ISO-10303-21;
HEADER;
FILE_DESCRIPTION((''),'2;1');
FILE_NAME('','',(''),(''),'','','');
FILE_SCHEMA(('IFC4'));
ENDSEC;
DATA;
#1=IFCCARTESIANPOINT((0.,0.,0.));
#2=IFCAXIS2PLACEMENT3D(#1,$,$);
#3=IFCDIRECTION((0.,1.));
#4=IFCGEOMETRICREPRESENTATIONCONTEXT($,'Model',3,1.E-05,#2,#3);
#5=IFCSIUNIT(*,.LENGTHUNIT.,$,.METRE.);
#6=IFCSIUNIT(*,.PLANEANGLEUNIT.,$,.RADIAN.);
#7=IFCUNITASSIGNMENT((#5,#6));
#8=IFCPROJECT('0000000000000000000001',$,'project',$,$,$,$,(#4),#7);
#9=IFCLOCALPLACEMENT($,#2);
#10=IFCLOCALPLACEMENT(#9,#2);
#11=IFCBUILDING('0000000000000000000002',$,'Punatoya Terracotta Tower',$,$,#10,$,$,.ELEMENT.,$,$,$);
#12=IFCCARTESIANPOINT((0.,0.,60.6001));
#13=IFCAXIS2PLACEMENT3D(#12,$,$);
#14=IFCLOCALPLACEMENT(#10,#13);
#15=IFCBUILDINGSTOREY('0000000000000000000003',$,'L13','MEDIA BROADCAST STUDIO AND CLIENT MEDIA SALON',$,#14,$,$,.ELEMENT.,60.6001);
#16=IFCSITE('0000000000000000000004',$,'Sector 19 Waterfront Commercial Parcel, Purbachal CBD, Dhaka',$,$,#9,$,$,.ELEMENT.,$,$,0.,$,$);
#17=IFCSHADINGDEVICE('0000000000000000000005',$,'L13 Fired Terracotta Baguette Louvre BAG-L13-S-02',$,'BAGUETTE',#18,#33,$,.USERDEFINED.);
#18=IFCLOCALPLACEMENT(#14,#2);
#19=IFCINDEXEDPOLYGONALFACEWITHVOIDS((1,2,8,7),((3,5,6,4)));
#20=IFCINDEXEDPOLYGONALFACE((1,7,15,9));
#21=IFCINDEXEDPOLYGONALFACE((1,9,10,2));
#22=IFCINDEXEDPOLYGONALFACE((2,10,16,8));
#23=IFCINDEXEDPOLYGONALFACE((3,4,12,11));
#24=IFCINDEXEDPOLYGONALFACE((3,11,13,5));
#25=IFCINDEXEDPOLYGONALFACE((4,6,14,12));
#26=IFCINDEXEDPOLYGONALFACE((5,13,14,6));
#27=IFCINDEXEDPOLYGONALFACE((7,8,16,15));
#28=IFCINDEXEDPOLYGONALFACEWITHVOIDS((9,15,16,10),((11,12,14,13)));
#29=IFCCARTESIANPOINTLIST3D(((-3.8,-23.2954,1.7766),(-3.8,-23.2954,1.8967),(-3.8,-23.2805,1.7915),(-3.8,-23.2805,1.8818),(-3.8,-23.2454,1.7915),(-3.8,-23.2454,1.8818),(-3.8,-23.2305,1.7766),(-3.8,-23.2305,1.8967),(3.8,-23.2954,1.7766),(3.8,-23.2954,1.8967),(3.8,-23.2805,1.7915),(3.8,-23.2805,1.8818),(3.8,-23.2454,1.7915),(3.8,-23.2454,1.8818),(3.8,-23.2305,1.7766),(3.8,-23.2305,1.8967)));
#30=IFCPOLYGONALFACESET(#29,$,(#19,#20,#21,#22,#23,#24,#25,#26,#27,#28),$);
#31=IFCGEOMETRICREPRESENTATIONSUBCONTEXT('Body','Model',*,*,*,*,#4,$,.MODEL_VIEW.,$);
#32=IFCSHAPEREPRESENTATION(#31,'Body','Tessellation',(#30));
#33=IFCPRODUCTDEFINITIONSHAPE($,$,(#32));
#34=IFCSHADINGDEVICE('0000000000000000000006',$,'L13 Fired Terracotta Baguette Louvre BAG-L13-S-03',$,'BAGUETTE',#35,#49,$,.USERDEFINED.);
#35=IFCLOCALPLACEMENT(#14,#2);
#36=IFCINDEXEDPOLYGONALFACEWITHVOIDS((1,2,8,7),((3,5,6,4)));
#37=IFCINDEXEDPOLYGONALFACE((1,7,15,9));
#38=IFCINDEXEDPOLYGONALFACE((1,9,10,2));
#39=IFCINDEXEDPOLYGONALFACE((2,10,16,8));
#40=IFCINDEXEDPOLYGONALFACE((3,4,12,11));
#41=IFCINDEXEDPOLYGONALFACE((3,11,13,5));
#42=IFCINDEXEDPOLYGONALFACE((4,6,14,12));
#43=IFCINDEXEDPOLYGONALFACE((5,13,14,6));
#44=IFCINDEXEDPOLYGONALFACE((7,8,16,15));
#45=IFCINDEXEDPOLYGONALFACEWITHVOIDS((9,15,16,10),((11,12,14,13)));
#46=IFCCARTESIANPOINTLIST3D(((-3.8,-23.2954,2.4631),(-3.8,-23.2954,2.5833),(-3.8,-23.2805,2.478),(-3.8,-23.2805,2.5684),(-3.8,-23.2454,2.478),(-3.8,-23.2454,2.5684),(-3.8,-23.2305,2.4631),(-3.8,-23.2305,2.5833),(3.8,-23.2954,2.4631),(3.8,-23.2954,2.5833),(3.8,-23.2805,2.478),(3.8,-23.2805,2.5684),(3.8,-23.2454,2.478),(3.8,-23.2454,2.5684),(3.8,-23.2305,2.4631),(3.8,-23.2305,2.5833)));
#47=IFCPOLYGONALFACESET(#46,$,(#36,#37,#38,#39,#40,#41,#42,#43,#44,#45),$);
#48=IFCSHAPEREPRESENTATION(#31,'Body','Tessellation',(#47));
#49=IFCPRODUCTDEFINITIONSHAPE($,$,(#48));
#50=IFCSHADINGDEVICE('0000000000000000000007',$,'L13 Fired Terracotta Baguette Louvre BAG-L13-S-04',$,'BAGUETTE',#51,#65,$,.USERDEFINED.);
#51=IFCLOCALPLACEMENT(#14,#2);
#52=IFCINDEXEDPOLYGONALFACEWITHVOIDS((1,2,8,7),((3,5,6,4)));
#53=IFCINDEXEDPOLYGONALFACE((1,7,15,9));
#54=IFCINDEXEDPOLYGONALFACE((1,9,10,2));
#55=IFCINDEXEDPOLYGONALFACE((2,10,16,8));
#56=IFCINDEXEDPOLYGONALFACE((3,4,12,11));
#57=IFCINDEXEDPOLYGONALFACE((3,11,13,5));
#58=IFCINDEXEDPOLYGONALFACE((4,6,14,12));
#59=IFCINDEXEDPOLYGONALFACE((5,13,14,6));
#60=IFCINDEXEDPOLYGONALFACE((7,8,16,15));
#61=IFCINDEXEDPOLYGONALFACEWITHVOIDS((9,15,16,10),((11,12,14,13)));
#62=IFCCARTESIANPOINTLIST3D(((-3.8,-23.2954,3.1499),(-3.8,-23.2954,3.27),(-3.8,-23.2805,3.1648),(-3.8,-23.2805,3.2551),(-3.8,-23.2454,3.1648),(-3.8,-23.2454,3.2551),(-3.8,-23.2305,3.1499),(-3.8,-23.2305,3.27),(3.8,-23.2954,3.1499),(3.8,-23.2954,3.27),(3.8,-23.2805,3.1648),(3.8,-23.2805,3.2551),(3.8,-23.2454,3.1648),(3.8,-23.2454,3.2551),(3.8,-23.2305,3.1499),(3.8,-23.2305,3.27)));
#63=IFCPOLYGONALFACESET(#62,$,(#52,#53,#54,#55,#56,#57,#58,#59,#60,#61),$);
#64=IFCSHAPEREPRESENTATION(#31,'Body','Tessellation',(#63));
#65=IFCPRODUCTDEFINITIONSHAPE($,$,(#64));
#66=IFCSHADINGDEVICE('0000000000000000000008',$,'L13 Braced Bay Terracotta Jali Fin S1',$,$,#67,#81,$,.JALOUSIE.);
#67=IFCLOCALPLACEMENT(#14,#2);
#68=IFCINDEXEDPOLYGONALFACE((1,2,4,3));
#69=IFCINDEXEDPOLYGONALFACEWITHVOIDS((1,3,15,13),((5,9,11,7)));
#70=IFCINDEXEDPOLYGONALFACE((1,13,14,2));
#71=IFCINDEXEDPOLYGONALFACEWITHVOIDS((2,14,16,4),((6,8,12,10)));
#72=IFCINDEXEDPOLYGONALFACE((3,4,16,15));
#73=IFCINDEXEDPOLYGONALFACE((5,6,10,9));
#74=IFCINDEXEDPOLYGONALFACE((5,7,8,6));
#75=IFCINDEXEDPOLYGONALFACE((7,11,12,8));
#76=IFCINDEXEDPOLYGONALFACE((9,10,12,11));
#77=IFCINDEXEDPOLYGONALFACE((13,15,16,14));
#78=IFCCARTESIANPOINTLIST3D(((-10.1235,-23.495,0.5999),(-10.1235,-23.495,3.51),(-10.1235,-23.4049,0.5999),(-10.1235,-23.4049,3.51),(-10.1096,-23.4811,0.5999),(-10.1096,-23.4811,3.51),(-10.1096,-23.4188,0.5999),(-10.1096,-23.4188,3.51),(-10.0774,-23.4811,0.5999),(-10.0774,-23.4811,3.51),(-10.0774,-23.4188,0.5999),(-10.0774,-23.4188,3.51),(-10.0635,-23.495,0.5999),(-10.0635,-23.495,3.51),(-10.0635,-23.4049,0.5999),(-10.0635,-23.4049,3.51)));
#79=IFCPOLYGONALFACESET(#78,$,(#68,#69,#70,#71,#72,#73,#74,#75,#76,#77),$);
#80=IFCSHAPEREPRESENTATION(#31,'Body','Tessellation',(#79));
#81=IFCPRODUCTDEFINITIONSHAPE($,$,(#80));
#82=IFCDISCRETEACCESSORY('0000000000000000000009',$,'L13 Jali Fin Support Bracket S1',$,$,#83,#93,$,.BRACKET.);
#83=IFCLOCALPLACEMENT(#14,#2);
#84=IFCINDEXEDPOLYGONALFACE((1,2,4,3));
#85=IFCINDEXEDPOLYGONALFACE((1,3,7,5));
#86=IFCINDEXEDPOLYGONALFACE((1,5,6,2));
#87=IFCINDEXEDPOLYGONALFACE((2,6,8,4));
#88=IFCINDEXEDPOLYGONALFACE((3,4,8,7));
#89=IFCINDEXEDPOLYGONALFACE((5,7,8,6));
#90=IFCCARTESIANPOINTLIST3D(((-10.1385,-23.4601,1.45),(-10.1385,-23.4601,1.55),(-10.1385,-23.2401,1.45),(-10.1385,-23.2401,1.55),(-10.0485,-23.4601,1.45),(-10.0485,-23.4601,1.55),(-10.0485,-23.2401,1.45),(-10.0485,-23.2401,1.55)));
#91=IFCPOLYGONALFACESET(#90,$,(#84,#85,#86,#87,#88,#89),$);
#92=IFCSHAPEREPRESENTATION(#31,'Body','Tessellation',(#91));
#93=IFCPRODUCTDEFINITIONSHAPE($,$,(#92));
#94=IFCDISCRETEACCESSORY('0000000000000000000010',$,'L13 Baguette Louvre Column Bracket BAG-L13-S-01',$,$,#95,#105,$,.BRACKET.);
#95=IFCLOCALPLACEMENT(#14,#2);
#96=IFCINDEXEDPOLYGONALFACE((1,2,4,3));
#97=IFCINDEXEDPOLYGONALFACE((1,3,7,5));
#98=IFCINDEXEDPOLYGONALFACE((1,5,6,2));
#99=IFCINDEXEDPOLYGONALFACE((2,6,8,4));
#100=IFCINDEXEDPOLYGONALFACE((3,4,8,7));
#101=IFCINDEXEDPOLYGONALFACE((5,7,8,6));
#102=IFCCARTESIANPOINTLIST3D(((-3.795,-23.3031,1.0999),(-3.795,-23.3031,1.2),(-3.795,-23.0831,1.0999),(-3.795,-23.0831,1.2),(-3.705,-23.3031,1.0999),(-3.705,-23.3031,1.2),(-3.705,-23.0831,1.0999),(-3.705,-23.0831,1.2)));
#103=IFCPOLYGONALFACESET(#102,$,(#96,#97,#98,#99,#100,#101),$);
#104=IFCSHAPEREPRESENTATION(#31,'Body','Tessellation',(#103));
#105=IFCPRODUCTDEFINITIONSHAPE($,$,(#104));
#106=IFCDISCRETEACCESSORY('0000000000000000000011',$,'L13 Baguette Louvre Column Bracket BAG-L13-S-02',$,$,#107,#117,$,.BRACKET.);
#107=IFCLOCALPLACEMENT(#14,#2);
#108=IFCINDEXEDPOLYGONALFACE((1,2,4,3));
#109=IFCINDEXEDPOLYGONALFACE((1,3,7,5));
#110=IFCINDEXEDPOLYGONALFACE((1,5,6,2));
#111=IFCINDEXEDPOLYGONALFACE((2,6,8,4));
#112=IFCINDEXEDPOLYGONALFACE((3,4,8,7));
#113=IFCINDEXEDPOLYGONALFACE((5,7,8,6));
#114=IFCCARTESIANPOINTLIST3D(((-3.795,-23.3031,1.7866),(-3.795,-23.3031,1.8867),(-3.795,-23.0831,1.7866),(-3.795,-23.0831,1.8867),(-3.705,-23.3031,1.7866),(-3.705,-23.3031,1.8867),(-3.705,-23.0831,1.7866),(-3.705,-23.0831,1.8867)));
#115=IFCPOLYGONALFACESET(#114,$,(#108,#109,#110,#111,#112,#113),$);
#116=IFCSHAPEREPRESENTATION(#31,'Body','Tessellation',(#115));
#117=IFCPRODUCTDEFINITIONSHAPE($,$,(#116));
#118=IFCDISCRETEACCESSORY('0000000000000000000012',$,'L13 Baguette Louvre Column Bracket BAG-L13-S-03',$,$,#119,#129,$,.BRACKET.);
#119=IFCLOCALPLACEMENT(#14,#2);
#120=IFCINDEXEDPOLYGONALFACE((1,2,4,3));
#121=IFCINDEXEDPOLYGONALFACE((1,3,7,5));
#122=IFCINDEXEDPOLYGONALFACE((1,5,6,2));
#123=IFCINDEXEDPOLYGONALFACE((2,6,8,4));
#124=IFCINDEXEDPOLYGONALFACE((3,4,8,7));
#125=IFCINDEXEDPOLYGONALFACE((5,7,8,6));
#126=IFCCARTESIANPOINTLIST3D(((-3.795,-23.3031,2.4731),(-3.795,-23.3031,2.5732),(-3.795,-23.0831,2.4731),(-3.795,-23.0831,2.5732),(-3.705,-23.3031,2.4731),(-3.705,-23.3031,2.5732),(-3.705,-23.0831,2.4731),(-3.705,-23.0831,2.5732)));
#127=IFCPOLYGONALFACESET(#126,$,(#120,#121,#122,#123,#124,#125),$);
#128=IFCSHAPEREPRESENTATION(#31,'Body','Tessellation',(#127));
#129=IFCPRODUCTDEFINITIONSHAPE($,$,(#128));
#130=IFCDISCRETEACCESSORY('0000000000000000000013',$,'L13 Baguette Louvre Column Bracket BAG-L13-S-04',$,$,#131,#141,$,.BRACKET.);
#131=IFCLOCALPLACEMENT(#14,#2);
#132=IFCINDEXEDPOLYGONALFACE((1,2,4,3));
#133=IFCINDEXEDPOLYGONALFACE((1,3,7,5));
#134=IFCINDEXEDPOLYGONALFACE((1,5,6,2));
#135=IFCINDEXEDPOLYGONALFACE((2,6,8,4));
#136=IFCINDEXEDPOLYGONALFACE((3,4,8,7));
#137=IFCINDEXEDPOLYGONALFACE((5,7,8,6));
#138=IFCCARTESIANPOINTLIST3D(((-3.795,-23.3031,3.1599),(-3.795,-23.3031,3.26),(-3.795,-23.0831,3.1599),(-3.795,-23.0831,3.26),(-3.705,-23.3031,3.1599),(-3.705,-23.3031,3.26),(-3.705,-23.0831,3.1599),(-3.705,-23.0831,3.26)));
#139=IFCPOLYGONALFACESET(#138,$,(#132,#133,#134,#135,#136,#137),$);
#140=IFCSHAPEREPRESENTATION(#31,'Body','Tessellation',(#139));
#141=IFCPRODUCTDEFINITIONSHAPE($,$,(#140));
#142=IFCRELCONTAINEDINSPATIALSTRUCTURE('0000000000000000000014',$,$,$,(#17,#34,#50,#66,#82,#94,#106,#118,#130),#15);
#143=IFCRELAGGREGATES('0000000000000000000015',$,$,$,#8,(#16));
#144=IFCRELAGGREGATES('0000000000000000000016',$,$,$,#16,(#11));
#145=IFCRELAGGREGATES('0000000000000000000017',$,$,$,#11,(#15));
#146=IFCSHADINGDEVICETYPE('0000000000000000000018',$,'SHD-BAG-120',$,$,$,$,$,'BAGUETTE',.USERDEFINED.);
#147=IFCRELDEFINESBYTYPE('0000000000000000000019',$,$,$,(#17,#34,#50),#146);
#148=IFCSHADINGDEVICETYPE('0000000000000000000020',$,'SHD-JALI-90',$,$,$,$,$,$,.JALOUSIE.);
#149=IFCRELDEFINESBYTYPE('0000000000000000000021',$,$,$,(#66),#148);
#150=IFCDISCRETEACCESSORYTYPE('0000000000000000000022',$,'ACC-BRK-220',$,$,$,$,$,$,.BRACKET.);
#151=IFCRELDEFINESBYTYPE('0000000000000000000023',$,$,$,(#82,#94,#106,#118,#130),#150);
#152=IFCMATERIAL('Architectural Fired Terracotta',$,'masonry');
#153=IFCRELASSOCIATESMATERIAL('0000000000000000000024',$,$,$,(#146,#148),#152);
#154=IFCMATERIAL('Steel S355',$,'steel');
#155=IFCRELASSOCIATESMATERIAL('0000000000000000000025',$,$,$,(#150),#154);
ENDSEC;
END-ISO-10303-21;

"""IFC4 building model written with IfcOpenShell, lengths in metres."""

from ifc_helpers import new_model, si_unit, direction, frame, origin, origin_2d, place, context, subcontext, project, spatial, rectangle, hollow_rectangle, extrude, material, material_profile, profile_set, type_object, element, save


model = new_model("IFC4")

# Units and contexts
model_context = context("Model", 3, precision=1e-05, world=origin(), true_north=direction((0.0, 1.0)))
body_context = subcontext(model_context, "Body", "Model", "MODEL_VIEW")
ifc_project = project(units=[si_unit("LENGTHUNIT", "METRE"), si_unit("PLANEANGLEUNIT", "RADIAN")], contexts=[model_context])

# Site, building, storey
site_placement = place(None, origin())
site = spatial("IfcSite", under=ifc_project, at=site_placement, Name="Sector 19 Waterfront Commercial Parcel, Purbachal CBD, Dhaka", CompositionType="ELEMENT", RefElevation=0.0)
building_placement = place(site_placement, origin())
building = spatial("IfcBuilding", under=site, at=building_placement, Name="Punatoya Terracotta Tower", CompositionType="ELEMENT")
storey_placement = place(building_placement, frame((0.0, 0.0, 60.6001)))
storey = spatial("IfcBuildingStorey", under=building, at=storey_placement, Name="L13", Description="MEDIA BROADCAST STUDIO AND CLIENT MEDIA SALON", CompositionType="ELEMENT", Elevation=60.6001)

# Shared definitions
ifc_material_1 = material(Name="Steel S355", Category="steel")

# Shading devices
ifc_material_2 = material(Name="Architectural Fired Terracotta", Category="masonry")
ifc_material_profile_1 = material_profile(ifc_material_2, hollow_rectangle(XDim=0.0649, YDim=0.1201, WallThickness=0.0149, at=origin_2d()))
ifc_profile_set_1 = profile_set([ifc_material_profile_1], Name="Architectural Fired Terracotta")
shading_device_type_1 = type_object("IfcShadingDeviceType", Name="SHD-BAG-120", ElementType="BAGUETTE", PredefinedType="USERDEFINED", material=ifc_profile_set_1)
for number, where, z_axis, x_axis, name in (
    (1, (-3.8, -23.2629, 1.8367), (1.0, 0.0, 0.0), (0.0, 1.0, 0.0), "L13 Fired Terracotta Baguette Louvre BAG-L13-S-02"),
    (2, (-3.8, -23.2629, 2.5232), (1.0, 0.0, 0.0), (0.0, 1.0, 0.0), "L13 Fired Terracotta Baguette Louvre BAG-L13-S-03"),
    (3, (-3.8, -23.2629, 3.21), (1.0, 0.0, 0.0), (0.0, 1.0, 0.0), "L13 Fired Terracotta Baguette Louvre BAG-L13-S-04"),
):
    element("IfcShadingDevice", number, at=place(storey_placement, frame(where, z_axis=z_axis, x_axis=x_axis)), inside=storey, type_object=shading_device_type_1, Name=name, ObjectType="BAGUETTE", PredefinedType="USERDEFINED", context=body_context, shape_type="SweptSolid", body=[
        extrude(hollow_rectangle(XDim=0.0649, YDim=0.1201, WallThickness=0.0149, at=origin_2d()), origin(), (0.0, 0.0, 1.0), 7.6001),
    ])
ifc_material_profile_2 = material_profile(ifc_material_2, hollow_rectangle(XDim=0.0601, YDim=0.0901, WallThickness=0.0139, at=origin_2d()))
ifc_profile_set_2 = profile_set([ifc_material_profile_2], Name="Architectural Fired Terracotta")
shading_device_type_2 = type_object("IfcShadingDeviceType", Name="SHD-JALI-90", PredefinedType="JALOUSIE", material=ifc_profile_set_2)
shading_device_placement = place(storey_placement, frame((-10.0935, -23.45, 0.5999), z_axis=(0.0, 0.0, 1.0), x_axis=(1.0, 0.0, 0.0)))
element("IfcShadingDevice", 4, at=shading_device_placement, inside=storey, type_object=shading_device_type_2, Name="L13 Braced Bay Terracotta Jali Fin S1", PredefinedType="JALOUSIE", context=body_context, shape_type="SweptSolid", body=[
    extrude(hollow_rectangle(XDim=0.0601, YDim=0.0901, WallThickness=0.0139, at=origin_2d()), origin(), (0.0, 0.0, 1.0), 2.9102),
])

# Discrete accessories
discrete_accessory_type = type_object("IfcDiscreteAccessoryType", Name="ACC-BRK-220", PredefinedType="BRACKET", material=ifc_material_1)
for number, where, z_axis, x_axis, name in (
    (5, (-10.0935, -23.3501, 1.45), (0.0, 0.0, 1.0), (1.0, 0.0, 0.0), "L13 Jali Fin Support Bracket S1"),
    (6, (-3.75, -23.1931, 1.0999), (0.0, 0.0, 1.0), (1.0, 0.0, 0.0), "L13 Baguette Louvre Column Bracket BAG-L13-S-01"),
    (7, (-3.75, -23.1931, 1.7866), (0.0, 0.0, 1.0), (1.0, 0.0, 0.0), "L13 Baguette Louvre Column Bracket BAG-L13-S-02"),
    (8, (-3.75, -23.1931, 2.4731), (0.0, 0.0, 1.0), (1.0, 0.0, 0.0), "L13 Baguette Louvre Column Bracket BAG-L13-S-03"),
    (9, (-3.75, -23.1931, 3.1599), (0.0, 0.0, 1.0), (1.0, 0.0, 0.0), "L13 Baguette Louvre Column Bracket BAG-L13-S-04"),
):
    element("IfcDiscreteAccessory", number, at=place(storey_placement, frame(where, z_axis=z_axis, x_axis=x_axis)), inside=storey, type_object=discrete_accessory_type, Name=name, PredefinedType="BRACKET", context=body_context, shape_type="SweptSolid", body=[
        extrude(rectangle(XDim=0.0901, YDim=0.22, at=origin_2d()), origin(), (0.0, 0.0, 1.0), 0.1001),
    ])

save(model, "model.ifc")
